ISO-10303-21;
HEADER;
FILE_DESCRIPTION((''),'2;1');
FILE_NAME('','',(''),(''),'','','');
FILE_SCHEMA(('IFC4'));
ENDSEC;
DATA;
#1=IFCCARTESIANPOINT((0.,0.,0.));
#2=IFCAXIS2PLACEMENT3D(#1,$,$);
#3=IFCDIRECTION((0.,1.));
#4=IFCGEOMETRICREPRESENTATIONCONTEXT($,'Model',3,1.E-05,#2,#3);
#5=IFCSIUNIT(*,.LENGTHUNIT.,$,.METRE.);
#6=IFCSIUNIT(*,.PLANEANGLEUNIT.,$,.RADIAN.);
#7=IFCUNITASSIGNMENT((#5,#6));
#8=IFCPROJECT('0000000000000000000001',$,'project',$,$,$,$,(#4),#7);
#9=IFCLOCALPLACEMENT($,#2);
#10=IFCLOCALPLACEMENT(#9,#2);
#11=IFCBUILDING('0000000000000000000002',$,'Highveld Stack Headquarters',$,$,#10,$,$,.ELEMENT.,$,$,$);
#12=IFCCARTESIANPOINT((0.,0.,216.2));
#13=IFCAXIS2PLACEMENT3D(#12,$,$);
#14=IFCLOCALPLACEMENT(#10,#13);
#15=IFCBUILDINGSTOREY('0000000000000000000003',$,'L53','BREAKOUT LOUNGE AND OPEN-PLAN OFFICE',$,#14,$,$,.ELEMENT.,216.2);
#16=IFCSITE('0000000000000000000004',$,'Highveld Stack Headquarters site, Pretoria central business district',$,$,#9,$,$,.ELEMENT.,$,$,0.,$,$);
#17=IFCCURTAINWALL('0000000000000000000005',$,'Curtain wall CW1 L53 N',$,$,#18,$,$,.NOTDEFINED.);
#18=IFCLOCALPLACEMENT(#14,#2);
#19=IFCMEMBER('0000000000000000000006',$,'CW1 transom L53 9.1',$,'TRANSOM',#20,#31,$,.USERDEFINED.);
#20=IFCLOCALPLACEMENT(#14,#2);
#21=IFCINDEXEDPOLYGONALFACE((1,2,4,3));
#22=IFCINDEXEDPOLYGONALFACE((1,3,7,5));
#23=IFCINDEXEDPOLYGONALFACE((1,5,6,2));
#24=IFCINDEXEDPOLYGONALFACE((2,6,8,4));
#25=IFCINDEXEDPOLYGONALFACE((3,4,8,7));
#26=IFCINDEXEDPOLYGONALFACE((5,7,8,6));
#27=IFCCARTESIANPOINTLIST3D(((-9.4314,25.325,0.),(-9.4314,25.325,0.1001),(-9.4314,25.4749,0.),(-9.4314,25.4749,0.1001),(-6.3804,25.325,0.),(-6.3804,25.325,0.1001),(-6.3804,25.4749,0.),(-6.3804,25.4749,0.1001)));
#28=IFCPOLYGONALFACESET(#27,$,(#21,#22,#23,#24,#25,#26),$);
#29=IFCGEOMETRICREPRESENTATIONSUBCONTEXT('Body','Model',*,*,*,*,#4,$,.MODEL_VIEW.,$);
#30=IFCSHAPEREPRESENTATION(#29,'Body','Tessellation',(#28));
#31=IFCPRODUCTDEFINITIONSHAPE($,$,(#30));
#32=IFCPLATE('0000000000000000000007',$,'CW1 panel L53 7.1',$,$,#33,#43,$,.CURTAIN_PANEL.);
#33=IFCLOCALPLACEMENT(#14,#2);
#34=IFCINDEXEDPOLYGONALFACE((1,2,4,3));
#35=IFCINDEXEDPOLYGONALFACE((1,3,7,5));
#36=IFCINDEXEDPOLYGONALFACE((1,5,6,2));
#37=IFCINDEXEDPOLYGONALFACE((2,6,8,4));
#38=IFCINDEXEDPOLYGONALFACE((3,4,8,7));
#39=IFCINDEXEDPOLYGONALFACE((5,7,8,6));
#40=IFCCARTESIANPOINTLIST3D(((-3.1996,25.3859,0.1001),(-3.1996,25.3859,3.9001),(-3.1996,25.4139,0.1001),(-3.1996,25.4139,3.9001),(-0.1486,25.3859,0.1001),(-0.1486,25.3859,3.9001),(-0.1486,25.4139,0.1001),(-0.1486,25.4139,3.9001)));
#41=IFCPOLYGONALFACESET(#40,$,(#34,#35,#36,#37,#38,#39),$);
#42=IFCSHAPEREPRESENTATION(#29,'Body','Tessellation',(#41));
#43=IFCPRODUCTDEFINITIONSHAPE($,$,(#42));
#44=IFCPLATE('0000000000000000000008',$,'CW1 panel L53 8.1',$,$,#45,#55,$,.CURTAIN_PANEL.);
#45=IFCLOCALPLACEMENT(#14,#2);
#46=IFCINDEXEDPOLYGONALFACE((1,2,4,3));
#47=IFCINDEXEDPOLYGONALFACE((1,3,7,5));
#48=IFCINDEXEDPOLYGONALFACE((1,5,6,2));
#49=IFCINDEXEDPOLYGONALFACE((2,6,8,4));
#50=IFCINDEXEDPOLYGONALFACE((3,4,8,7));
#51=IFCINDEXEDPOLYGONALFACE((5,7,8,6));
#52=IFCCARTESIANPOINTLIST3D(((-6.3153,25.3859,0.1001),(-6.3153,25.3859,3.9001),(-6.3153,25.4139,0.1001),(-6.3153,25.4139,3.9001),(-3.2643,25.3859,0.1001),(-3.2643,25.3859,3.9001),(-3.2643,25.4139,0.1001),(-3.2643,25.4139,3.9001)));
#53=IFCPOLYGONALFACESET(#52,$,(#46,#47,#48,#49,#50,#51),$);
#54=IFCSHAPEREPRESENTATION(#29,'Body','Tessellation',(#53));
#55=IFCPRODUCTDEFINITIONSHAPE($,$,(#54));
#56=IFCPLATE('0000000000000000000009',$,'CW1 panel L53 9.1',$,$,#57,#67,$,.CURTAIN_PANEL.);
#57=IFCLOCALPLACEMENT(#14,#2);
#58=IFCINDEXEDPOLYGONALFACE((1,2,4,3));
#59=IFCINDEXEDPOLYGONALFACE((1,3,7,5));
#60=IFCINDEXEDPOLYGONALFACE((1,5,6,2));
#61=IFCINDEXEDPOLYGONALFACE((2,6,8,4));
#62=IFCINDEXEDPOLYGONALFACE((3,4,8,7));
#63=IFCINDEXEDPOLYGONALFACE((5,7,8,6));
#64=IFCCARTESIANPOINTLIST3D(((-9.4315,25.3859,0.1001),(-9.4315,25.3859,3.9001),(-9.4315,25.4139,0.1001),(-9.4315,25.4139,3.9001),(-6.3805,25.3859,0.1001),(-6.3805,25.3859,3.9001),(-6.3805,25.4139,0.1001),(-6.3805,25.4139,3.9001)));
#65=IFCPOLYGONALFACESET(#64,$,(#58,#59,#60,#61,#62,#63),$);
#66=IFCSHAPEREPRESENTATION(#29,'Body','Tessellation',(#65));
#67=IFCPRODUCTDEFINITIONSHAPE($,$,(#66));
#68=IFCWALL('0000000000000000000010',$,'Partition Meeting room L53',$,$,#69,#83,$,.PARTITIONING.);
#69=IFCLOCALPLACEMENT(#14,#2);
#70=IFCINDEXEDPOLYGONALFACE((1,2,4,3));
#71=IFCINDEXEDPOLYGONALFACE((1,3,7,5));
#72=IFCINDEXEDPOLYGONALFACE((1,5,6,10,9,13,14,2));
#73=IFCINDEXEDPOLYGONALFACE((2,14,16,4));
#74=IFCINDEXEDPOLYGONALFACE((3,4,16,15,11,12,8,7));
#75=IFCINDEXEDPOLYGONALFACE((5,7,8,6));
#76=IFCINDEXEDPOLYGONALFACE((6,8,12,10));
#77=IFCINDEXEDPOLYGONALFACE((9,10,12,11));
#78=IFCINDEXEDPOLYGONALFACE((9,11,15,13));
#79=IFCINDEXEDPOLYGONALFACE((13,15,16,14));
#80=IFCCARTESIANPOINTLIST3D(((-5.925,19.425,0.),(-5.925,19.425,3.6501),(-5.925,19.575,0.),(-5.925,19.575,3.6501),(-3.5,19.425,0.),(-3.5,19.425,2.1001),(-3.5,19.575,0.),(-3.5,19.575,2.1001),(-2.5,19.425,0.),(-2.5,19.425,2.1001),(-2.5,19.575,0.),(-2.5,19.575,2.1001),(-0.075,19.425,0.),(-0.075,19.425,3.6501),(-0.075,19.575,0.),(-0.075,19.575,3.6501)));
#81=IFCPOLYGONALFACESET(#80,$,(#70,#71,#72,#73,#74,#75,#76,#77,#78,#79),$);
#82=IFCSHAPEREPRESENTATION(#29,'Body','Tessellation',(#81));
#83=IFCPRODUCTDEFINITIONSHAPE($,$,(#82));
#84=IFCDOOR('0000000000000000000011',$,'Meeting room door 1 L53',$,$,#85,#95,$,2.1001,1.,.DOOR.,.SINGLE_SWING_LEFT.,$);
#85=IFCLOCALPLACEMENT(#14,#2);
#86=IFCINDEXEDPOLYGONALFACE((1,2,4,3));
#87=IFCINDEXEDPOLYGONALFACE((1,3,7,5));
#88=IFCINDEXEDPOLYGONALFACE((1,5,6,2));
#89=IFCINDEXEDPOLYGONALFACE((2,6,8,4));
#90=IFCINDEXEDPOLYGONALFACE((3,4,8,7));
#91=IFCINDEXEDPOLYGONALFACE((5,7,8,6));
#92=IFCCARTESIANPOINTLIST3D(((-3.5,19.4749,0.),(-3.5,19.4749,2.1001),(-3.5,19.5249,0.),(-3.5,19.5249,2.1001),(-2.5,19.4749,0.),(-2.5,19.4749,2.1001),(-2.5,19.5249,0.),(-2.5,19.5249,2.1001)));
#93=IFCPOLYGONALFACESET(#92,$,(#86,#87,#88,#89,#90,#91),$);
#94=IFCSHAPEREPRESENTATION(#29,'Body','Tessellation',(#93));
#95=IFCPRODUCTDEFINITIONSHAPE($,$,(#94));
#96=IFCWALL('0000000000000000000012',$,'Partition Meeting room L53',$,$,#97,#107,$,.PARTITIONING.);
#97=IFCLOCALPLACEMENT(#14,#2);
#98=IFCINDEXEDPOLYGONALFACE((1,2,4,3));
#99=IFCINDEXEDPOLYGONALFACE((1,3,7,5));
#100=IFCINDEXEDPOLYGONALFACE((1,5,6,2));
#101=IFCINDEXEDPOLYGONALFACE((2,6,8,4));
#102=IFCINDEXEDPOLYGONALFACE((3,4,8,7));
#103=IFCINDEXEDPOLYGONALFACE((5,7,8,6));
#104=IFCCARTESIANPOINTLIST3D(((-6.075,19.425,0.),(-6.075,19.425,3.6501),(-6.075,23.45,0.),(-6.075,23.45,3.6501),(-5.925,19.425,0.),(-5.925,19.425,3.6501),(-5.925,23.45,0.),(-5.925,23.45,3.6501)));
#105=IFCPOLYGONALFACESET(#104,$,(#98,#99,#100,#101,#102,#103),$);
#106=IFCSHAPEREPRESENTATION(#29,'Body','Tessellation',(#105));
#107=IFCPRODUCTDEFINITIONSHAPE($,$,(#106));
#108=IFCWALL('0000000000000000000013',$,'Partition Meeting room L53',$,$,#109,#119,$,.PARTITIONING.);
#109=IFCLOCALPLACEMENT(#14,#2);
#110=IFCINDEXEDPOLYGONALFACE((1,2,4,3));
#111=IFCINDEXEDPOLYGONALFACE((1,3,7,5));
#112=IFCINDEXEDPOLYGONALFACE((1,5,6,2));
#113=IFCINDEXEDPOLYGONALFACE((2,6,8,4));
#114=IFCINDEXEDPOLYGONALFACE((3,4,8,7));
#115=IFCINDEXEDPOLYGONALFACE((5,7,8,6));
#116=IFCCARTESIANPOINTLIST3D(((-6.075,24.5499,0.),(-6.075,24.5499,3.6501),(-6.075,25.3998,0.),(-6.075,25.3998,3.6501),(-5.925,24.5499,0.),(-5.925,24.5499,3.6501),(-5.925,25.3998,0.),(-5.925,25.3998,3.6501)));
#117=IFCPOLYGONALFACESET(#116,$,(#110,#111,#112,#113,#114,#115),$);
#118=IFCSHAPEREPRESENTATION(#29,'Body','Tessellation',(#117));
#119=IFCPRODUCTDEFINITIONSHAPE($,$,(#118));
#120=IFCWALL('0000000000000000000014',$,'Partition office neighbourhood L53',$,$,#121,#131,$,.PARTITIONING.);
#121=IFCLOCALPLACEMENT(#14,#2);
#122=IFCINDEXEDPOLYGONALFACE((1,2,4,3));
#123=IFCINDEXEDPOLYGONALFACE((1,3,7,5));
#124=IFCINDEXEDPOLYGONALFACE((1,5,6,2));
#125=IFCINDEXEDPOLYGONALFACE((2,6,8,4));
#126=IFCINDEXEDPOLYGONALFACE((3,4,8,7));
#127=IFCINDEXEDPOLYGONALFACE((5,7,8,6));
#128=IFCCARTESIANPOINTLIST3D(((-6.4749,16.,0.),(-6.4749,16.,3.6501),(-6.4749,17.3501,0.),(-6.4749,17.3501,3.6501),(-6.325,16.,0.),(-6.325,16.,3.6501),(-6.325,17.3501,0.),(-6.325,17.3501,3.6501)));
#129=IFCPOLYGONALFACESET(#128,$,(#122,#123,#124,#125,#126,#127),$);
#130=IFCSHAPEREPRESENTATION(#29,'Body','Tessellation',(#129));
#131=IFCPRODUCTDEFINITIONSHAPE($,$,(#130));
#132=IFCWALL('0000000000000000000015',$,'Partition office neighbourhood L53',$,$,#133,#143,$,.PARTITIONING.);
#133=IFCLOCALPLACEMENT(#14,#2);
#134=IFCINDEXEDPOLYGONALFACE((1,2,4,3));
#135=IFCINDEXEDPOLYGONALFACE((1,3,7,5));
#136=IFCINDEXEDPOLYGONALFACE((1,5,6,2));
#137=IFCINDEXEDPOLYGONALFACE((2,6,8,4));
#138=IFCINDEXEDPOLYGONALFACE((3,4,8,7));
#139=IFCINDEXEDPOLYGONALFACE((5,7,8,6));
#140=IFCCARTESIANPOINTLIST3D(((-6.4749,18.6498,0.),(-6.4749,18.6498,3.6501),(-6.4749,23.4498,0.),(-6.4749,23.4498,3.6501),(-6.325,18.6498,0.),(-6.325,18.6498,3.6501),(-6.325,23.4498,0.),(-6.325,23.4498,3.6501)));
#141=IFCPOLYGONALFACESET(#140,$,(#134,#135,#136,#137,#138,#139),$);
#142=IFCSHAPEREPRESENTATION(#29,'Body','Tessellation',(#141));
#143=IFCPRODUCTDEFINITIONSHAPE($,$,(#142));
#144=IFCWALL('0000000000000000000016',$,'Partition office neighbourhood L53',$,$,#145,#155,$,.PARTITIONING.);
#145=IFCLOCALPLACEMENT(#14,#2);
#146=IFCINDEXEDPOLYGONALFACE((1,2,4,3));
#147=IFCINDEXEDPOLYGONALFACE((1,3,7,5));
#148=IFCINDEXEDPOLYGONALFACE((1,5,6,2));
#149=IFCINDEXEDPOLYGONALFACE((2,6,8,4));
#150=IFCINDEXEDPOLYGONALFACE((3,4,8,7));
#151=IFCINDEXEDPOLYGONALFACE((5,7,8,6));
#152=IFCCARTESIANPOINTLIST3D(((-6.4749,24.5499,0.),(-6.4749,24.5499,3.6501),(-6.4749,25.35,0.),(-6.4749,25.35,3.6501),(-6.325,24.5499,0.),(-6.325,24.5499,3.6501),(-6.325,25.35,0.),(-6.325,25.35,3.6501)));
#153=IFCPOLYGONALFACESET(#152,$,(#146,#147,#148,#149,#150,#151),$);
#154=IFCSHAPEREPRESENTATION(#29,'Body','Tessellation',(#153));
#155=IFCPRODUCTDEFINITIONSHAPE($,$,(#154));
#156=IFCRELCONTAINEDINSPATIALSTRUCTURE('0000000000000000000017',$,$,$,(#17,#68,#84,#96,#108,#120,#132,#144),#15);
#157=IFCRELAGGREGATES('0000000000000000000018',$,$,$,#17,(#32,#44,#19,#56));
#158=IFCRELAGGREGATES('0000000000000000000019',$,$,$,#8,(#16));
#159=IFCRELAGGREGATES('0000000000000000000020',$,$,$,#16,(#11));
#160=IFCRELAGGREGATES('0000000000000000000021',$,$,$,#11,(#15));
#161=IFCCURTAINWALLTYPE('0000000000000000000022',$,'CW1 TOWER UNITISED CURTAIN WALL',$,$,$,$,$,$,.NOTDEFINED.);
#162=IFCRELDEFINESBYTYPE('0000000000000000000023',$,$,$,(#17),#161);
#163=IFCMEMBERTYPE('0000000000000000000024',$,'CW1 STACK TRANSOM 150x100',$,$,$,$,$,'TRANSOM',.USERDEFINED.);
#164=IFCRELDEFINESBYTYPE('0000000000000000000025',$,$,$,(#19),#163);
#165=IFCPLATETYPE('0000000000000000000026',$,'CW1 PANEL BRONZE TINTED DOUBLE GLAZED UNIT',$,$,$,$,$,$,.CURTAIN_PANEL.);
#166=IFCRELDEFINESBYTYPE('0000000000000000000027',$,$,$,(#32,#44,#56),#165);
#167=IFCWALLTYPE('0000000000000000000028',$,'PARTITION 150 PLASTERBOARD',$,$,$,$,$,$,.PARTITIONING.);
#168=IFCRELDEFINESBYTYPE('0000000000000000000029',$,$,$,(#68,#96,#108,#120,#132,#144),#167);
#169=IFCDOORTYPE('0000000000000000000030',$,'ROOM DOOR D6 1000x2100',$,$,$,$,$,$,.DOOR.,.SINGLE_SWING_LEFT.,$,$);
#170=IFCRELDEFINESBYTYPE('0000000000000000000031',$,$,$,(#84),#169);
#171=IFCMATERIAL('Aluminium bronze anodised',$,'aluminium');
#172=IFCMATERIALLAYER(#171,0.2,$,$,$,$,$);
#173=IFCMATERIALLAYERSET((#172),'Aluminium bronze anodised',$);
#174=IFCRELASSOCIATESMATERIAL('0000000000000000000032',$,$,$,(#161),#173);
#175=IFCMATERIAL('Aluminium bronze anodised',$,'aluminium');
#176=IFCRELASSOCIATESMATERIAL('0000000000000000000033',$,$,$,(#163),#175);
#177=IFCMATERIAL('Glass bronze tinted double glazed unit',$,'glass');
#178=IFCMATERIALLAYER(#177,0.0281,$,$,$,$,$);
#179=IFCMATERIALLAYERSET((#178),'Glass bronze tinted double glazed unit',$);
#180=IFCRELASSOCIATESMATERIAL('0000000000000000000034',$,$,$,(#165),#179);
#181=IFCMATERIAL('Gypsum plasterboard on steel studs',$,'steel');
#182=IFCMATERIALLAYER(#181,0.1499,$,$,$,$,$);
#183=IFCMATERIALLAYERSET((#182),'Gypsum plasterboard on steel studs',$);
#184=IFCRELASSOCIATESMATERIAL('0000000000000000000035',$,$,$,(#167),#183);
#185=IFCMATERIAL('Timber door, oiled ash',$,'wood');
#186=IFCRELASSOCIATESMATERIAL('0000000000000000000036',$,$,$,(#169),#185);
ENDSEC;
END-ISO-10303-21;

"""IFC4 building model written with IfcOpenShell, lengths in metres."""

from ifc_helpers import new_model, si_unit, direction, frame, frame_2d, origin, origin_2d, place, context, subcontext, project, spatial, rectangle, extrude, material, layer, layer_set, material_profile, profile_set, type_object, element, fill, aggregate, save


model = new_model("IFC4")

# Units and contexts
model_context = context("Model", 3, precision=1e-05, world=origin(), true_north=direction((0.0, 1.0)))
body_context = subcontext(model_context, "Body", "Model", "MODEL_VIEW")
ifc_project = project(units=[si_unit("LENGTHUNIT", "METRE"), si_unit("PLANEANGLEUNIT", "RADIAN")], contexts=[model_context])

# Site, building, storey
site_placement = place(None, origin())
site = spatial("IfcSite", under=ifc_project, at=site_placement, Name="Highveld Stack Headquarters site, Pretoria central business district", CompositionType="ELEMENT", RefElevation=0.0)
building_placement = place(site_placement, origin())
building = spatial("IfcBuilding", under=site, at=building_placement, Name="Highveld Stack Headquarters", CompositionType="ELEMENT")
storey_placement = place(building_placement, frame((0.0, 0.0, 216.2)))
storey = spatial("IfcBuildingStorey", under=building, at=storey_placement, Name="L53", Description="BREAKOUT LOUNGE AND OPEN-PLAN OFFICE", CompositionType="ELEMENT", Elevation=216.2)

# Curtain wall, member, plates
ifc_material_1 = material(Name="Aluminium bronze anodised", Category="aluminium")
ifc_layer_1 = layer(ifc_material_1, 0.2)
ifc_layer_set_1 = layer_set([ifc_layer_1], Name="Aluminium bronze anodised")
curtain_wall_type = type_object("IfcCurtainWallType", Name="CW1 TOWER UNITISED CURTAIN WALL", PredefinedType="NOTDEFINED", material=ifc_layer_set_1)
curtain_wall_placement = place(storey_placement, origin())
curtain_wall = element("IfcCurtainWall", 1, at=curtain_wall_placement, inside=storey, type_object=curtain_wall_type, Name="Curtain wall CW1 L53 N", PredefinedType="NOTDEFINED")
ifc_material_2 = material(Name="Aluminium bronze anodised", Category="aluminium")
ifc_material_profile_1 = material_profile(ifc_material_2, rectangle(XDim=0.1499, YDim=0.1001, at=origin_2d()), Name="CW1 TRANSOM 150x100")
ifc_profile_set_1 = profile_set([ifc_material_profile_1], Name="Aluminium bronze anodised")
member_type_1 = type_object("IfcMemberType", Name="CW1 STACK TRANSOM 150x100", ElementType="TRANSOM", PredefinedType="USERDEFINED", material=ifc_profile_set_1)
member_1_placement = place(storey_placement, frame((-6.3804, 25.3999, 0.05), z_axis=(-1.0, 0.0, 0.0), x_axis=(0.0, -1.0, 0.0)))
member_1 = element("IfcMember", 2, at=member_1_placement, type_object=member_type_1, Name="CW1 transom L53 9.1", ObjectType="TRANSOM", PredefinedType="USERDEFINED", context=body_context, shape_type="SweptSolid", body=[
    extrude(rectangle(XDim=0.1499, YDim=0.1001, at=origin_2d()), origin(), (0.0, 0.0, 1.0), 3.051),
])
ifc_material_3 = material(Name="Glass bronze tinted double glazed unit", Category="glass")
ifc_layer_2 = layer(ifc_material_3, 0.0281)
ifc_layer_set_2 = layer_set([ifc_layer_2], Name="Glass bronze tinted double glazed unit")
plate_type = type_object("IfcPlateType", Name="CW1 PANEL BRONZE TINTED DOUBLE GLAZED UNIT", PredefinedType="CURTAIN_PANEL", material=ifc_layer_set_2)
plate_1_placement = place(storey_placement, frame((-1.6741, 25.3999, 0.1001), z_axis=(0.0, 0.0, 1.0), x_axis=(-1.0, 0.0, 0.0)))
plate_1 = element("IfcPlate", 3, at=plate_1_placement, type_object=plate_type, Name="CW1 panel L53 7.1", PredefinedType="CURTAIN_PANEL", context=body_context, shape_type="SweptSolid", body=[
    extrude(rectangle(XDim=3.051, YDim=0.0281, at=origin_2d()), origin(), (0.0, 0.0, 1.0), 3.8),
])
plate_2_placement = place(storey_placement, frame((-4.7898, 25.3999, 0.1001), z_axis=(0.0, 0.0, 1.0), x_axis=(-1.0, 0.0, 0.0)))
plate_2 = element("IfcPlate", 4, at=plate_2_placement, type_object=plate_type, Name="CW1 panel L53 8.1", PredefinedType="CURTAIN_PANEL", context=body_context, shape_type="SweptSolid", body=[
    extrude(rectangle(XDim=3.051, YDim=0.0281, at=origin_2d()), origin(), (0.0, 0.0, 1.0), 3.8),
])
plate_3_placement = place(storey_placement, frame((-7.906, 25.3999, 0.1001), z_axis=(0.0, 0.0, 1.0), x_axis=(-1.0, 0.0, 0.0)))
plate_3 = element("IfcPlate", 5, at=plate_3_placement, type_object=plate_type, Name="CW1 panel L53 9.1", PredefinedType="CURTAIN_PANEL", context=body_context, shape_type="SweptSolid", body=[
    extrude(rectangle(XDim=3.051, YDim=0.0281, at=origin_2d()), origin(), (0.0, 0.0, 1.0), 3.8),
])
aggregate(curtain_wall, [plate_1, plate_2, member_1, plate_3])

# Wall, opening, door
ifc_material_4 = material(Name="Gypsum plasterboard on steel studs", Category="steel")
ifc_layer_3 = layer(ifc_material_4, 0.1499)
ifc_layer_set_3 = layer_set([ifc_layer_3], Name="Gypsum plasterboard on steel studs")
wall_type = type_object("IfcWallType", Name="PARTITION 150 PLASTERBOARD", PredefinedType="PARTITIONING", material=ifc_layer_set_3)
wall_1_placement = place(storey_placement, frame((-5.925, 19.5, 0.0), z_axis=(0.0, 0.0, 1.0), x_axis=(1.0, 0.0, 0.0)))
wall_1 = element("IfcWall", 6, at=wall_1_placement, inside=storey, type_object=wall_type, Name="Partition Meeting room L53", PredefinedType="PARTITIONING", context=body_context, shape_type="SweptSolid", body=[
    extrude(rectangle(XDim=5.8501, YDim=0.1499, at=frame_2d((2.925, 0.0))), origin(), (0.0, 0.0, 1.0), 3.6501),
])
opening_placement = place(wall_1_placement, frame((2.425, 0.0, 0.0)))
opening = element("IfcOpeningElement", 7, at=opening_placement, cuts=wall_1, PredefinedType="OPENING", context=body_context, shape_type="SweptSolid", body=[
    extrude(rectangle(XDim=1.0, YDim=2.1001, at=frame_2d((0.5, 1.05))), frame((0.0, 0.085, 0.0), z_axis=(0.0, -1.0, 0.0), x_axis=(1.0, 0.0, 0.0)), (0.0, 0.0, 1.0), 0.1699),
])
ifc_material_5 = material(Name="Timber door, oiled ash", Category="wood")
door_type = type_object("IfcDoorType", Name="ROOM DOOR D6 1000x2100", OperationType="SINGLE_SWING_LEFT", PredefinedType="DOOR", material=ifc_material_5)
door_placement = place(opening_placement, origin())
door = element("IfcDoor", 8, at=door_placement, inside=storey, type_object=door_type, Name="Meeting room door 1 L53", OperationType="SINGLE_SWING_LEFT", OverallHeight=2.1001, OverallWidth=1.0, PredefinedType="DOOR", context=body_context, shape_type="SweptSolid", body=[
    extrude(rectangle(XDim=1.0, YDim=2.1001, at=frame_2d((0.5, 1.05))), frame((0.0, 0.0249, 0.0), z_axis=(0.0, -1.0, 0.0), x_axis=(1.0, 0.0, 0.0)), (0.0, 0.0, 1.0), 0.05),
])
fill(opening, door)

# Walls
wall_2_placement = place(storey_placement, frame((-6.0, 19.425, 0.0), z_axis=(0.0, 0.0, 1.0), x_axis=(0.0, 1.0, 0.0)))
element("IfcWall", 9, at=wall_2_placement, inside=storey, type_object=wall_type, Name="Partition Meeting room L53", PredefinedType="PARTITIONING", context=body_context, shape_type="SweptSolid", body=[
    extrude(rectangle(XDim=4.0249, YDim=0.1499, at=frame_2d((2.0125, 0.0))), origin(), (0.0, 0.0, 1.0), 3.6501),
])
wall_3_placement = place(storey_placement, frame((-6.0, 24.55, 0.0), z_axis=(0.0, 0.0, 1.0), x_axis=(0.0, 1.0, 0.0)))
element("IfcWall", 10, at=wall_3_placement, inside=storey, type_object=wall_type, Name="Partition Meeting room L53", PredefinedType="PARTITIONING", context=body_context, shape_type="SweptSolid", body=[
    extrude(rectangle(XDim=0.8499, YDim=0.1499, at=frame_2d((0.4248, 0.0))), origin(), (0.0, 0.0, 1.0), 3.6501),
])
wall_4_placement = place(storey_placement, frame((-6.3999, 16.0, 0.0), z_axis=(0.0, 0.0, 1.0), x_axis=(0.0, 1.0, 0.0)))
element("IfcWall", 11, at=wall_4_placement, inside=storey, type_object=wall_type, Name="Partition office neighbourhood L53", PredefinedType="PARTITIONING", context=body_context, shape_type="SweptSolid", body=[
    extrude(rectangle(XDim=1.3501, YDim=0.1499, at=frame_2d((0.675, 0.0))), origin(), (0.0, 0.0, 1.0), 3.6501),
])
wall_5_placement = place(storey_placement, frame((-6.3999, 18.6499, 0.0), z_axis=(0.0, 0.0, 1.0), x_axis=(0.0, 1.0, 0.0)))
element("IfcWall", 12, at=wall_5_placement, inside=storey, type_object=wall_type, Name="Partition office neighbourhood L53", PredefinedType="PARTITIONING", context=body_context, shape_type="SweptSolid", body=[
    extrude(rectangle(XDim=4.8, YDim=0.1499, at=frame_2d((2.3999, 0.0))), origin(), (0.0, 0.0, 1.0), 3.6501),
])
wall_6_placement = place(storey_placement, frame((-6.3999, 24.55, 0.0), z_axis=(0.0, 0.0, 1.0), x_axis=(0.0, 1.0, 0.0)))
element("IfcWall", 13, at=wall_6_placement, inside=storey, type_object=wall_type, Name="Partition office neighbourhood L53", PredefinedType="PARTITIONING", context=body_context, shape_type="SweptSolid", body=[
    extrude(rectangle(XDim=0.8, YDim=0.1499, at=frame_2d((0.3999, 0.0))), origin(), (0.0, 0.0, 1.0), 3.6501),
])

save(model, "model.ifc")
